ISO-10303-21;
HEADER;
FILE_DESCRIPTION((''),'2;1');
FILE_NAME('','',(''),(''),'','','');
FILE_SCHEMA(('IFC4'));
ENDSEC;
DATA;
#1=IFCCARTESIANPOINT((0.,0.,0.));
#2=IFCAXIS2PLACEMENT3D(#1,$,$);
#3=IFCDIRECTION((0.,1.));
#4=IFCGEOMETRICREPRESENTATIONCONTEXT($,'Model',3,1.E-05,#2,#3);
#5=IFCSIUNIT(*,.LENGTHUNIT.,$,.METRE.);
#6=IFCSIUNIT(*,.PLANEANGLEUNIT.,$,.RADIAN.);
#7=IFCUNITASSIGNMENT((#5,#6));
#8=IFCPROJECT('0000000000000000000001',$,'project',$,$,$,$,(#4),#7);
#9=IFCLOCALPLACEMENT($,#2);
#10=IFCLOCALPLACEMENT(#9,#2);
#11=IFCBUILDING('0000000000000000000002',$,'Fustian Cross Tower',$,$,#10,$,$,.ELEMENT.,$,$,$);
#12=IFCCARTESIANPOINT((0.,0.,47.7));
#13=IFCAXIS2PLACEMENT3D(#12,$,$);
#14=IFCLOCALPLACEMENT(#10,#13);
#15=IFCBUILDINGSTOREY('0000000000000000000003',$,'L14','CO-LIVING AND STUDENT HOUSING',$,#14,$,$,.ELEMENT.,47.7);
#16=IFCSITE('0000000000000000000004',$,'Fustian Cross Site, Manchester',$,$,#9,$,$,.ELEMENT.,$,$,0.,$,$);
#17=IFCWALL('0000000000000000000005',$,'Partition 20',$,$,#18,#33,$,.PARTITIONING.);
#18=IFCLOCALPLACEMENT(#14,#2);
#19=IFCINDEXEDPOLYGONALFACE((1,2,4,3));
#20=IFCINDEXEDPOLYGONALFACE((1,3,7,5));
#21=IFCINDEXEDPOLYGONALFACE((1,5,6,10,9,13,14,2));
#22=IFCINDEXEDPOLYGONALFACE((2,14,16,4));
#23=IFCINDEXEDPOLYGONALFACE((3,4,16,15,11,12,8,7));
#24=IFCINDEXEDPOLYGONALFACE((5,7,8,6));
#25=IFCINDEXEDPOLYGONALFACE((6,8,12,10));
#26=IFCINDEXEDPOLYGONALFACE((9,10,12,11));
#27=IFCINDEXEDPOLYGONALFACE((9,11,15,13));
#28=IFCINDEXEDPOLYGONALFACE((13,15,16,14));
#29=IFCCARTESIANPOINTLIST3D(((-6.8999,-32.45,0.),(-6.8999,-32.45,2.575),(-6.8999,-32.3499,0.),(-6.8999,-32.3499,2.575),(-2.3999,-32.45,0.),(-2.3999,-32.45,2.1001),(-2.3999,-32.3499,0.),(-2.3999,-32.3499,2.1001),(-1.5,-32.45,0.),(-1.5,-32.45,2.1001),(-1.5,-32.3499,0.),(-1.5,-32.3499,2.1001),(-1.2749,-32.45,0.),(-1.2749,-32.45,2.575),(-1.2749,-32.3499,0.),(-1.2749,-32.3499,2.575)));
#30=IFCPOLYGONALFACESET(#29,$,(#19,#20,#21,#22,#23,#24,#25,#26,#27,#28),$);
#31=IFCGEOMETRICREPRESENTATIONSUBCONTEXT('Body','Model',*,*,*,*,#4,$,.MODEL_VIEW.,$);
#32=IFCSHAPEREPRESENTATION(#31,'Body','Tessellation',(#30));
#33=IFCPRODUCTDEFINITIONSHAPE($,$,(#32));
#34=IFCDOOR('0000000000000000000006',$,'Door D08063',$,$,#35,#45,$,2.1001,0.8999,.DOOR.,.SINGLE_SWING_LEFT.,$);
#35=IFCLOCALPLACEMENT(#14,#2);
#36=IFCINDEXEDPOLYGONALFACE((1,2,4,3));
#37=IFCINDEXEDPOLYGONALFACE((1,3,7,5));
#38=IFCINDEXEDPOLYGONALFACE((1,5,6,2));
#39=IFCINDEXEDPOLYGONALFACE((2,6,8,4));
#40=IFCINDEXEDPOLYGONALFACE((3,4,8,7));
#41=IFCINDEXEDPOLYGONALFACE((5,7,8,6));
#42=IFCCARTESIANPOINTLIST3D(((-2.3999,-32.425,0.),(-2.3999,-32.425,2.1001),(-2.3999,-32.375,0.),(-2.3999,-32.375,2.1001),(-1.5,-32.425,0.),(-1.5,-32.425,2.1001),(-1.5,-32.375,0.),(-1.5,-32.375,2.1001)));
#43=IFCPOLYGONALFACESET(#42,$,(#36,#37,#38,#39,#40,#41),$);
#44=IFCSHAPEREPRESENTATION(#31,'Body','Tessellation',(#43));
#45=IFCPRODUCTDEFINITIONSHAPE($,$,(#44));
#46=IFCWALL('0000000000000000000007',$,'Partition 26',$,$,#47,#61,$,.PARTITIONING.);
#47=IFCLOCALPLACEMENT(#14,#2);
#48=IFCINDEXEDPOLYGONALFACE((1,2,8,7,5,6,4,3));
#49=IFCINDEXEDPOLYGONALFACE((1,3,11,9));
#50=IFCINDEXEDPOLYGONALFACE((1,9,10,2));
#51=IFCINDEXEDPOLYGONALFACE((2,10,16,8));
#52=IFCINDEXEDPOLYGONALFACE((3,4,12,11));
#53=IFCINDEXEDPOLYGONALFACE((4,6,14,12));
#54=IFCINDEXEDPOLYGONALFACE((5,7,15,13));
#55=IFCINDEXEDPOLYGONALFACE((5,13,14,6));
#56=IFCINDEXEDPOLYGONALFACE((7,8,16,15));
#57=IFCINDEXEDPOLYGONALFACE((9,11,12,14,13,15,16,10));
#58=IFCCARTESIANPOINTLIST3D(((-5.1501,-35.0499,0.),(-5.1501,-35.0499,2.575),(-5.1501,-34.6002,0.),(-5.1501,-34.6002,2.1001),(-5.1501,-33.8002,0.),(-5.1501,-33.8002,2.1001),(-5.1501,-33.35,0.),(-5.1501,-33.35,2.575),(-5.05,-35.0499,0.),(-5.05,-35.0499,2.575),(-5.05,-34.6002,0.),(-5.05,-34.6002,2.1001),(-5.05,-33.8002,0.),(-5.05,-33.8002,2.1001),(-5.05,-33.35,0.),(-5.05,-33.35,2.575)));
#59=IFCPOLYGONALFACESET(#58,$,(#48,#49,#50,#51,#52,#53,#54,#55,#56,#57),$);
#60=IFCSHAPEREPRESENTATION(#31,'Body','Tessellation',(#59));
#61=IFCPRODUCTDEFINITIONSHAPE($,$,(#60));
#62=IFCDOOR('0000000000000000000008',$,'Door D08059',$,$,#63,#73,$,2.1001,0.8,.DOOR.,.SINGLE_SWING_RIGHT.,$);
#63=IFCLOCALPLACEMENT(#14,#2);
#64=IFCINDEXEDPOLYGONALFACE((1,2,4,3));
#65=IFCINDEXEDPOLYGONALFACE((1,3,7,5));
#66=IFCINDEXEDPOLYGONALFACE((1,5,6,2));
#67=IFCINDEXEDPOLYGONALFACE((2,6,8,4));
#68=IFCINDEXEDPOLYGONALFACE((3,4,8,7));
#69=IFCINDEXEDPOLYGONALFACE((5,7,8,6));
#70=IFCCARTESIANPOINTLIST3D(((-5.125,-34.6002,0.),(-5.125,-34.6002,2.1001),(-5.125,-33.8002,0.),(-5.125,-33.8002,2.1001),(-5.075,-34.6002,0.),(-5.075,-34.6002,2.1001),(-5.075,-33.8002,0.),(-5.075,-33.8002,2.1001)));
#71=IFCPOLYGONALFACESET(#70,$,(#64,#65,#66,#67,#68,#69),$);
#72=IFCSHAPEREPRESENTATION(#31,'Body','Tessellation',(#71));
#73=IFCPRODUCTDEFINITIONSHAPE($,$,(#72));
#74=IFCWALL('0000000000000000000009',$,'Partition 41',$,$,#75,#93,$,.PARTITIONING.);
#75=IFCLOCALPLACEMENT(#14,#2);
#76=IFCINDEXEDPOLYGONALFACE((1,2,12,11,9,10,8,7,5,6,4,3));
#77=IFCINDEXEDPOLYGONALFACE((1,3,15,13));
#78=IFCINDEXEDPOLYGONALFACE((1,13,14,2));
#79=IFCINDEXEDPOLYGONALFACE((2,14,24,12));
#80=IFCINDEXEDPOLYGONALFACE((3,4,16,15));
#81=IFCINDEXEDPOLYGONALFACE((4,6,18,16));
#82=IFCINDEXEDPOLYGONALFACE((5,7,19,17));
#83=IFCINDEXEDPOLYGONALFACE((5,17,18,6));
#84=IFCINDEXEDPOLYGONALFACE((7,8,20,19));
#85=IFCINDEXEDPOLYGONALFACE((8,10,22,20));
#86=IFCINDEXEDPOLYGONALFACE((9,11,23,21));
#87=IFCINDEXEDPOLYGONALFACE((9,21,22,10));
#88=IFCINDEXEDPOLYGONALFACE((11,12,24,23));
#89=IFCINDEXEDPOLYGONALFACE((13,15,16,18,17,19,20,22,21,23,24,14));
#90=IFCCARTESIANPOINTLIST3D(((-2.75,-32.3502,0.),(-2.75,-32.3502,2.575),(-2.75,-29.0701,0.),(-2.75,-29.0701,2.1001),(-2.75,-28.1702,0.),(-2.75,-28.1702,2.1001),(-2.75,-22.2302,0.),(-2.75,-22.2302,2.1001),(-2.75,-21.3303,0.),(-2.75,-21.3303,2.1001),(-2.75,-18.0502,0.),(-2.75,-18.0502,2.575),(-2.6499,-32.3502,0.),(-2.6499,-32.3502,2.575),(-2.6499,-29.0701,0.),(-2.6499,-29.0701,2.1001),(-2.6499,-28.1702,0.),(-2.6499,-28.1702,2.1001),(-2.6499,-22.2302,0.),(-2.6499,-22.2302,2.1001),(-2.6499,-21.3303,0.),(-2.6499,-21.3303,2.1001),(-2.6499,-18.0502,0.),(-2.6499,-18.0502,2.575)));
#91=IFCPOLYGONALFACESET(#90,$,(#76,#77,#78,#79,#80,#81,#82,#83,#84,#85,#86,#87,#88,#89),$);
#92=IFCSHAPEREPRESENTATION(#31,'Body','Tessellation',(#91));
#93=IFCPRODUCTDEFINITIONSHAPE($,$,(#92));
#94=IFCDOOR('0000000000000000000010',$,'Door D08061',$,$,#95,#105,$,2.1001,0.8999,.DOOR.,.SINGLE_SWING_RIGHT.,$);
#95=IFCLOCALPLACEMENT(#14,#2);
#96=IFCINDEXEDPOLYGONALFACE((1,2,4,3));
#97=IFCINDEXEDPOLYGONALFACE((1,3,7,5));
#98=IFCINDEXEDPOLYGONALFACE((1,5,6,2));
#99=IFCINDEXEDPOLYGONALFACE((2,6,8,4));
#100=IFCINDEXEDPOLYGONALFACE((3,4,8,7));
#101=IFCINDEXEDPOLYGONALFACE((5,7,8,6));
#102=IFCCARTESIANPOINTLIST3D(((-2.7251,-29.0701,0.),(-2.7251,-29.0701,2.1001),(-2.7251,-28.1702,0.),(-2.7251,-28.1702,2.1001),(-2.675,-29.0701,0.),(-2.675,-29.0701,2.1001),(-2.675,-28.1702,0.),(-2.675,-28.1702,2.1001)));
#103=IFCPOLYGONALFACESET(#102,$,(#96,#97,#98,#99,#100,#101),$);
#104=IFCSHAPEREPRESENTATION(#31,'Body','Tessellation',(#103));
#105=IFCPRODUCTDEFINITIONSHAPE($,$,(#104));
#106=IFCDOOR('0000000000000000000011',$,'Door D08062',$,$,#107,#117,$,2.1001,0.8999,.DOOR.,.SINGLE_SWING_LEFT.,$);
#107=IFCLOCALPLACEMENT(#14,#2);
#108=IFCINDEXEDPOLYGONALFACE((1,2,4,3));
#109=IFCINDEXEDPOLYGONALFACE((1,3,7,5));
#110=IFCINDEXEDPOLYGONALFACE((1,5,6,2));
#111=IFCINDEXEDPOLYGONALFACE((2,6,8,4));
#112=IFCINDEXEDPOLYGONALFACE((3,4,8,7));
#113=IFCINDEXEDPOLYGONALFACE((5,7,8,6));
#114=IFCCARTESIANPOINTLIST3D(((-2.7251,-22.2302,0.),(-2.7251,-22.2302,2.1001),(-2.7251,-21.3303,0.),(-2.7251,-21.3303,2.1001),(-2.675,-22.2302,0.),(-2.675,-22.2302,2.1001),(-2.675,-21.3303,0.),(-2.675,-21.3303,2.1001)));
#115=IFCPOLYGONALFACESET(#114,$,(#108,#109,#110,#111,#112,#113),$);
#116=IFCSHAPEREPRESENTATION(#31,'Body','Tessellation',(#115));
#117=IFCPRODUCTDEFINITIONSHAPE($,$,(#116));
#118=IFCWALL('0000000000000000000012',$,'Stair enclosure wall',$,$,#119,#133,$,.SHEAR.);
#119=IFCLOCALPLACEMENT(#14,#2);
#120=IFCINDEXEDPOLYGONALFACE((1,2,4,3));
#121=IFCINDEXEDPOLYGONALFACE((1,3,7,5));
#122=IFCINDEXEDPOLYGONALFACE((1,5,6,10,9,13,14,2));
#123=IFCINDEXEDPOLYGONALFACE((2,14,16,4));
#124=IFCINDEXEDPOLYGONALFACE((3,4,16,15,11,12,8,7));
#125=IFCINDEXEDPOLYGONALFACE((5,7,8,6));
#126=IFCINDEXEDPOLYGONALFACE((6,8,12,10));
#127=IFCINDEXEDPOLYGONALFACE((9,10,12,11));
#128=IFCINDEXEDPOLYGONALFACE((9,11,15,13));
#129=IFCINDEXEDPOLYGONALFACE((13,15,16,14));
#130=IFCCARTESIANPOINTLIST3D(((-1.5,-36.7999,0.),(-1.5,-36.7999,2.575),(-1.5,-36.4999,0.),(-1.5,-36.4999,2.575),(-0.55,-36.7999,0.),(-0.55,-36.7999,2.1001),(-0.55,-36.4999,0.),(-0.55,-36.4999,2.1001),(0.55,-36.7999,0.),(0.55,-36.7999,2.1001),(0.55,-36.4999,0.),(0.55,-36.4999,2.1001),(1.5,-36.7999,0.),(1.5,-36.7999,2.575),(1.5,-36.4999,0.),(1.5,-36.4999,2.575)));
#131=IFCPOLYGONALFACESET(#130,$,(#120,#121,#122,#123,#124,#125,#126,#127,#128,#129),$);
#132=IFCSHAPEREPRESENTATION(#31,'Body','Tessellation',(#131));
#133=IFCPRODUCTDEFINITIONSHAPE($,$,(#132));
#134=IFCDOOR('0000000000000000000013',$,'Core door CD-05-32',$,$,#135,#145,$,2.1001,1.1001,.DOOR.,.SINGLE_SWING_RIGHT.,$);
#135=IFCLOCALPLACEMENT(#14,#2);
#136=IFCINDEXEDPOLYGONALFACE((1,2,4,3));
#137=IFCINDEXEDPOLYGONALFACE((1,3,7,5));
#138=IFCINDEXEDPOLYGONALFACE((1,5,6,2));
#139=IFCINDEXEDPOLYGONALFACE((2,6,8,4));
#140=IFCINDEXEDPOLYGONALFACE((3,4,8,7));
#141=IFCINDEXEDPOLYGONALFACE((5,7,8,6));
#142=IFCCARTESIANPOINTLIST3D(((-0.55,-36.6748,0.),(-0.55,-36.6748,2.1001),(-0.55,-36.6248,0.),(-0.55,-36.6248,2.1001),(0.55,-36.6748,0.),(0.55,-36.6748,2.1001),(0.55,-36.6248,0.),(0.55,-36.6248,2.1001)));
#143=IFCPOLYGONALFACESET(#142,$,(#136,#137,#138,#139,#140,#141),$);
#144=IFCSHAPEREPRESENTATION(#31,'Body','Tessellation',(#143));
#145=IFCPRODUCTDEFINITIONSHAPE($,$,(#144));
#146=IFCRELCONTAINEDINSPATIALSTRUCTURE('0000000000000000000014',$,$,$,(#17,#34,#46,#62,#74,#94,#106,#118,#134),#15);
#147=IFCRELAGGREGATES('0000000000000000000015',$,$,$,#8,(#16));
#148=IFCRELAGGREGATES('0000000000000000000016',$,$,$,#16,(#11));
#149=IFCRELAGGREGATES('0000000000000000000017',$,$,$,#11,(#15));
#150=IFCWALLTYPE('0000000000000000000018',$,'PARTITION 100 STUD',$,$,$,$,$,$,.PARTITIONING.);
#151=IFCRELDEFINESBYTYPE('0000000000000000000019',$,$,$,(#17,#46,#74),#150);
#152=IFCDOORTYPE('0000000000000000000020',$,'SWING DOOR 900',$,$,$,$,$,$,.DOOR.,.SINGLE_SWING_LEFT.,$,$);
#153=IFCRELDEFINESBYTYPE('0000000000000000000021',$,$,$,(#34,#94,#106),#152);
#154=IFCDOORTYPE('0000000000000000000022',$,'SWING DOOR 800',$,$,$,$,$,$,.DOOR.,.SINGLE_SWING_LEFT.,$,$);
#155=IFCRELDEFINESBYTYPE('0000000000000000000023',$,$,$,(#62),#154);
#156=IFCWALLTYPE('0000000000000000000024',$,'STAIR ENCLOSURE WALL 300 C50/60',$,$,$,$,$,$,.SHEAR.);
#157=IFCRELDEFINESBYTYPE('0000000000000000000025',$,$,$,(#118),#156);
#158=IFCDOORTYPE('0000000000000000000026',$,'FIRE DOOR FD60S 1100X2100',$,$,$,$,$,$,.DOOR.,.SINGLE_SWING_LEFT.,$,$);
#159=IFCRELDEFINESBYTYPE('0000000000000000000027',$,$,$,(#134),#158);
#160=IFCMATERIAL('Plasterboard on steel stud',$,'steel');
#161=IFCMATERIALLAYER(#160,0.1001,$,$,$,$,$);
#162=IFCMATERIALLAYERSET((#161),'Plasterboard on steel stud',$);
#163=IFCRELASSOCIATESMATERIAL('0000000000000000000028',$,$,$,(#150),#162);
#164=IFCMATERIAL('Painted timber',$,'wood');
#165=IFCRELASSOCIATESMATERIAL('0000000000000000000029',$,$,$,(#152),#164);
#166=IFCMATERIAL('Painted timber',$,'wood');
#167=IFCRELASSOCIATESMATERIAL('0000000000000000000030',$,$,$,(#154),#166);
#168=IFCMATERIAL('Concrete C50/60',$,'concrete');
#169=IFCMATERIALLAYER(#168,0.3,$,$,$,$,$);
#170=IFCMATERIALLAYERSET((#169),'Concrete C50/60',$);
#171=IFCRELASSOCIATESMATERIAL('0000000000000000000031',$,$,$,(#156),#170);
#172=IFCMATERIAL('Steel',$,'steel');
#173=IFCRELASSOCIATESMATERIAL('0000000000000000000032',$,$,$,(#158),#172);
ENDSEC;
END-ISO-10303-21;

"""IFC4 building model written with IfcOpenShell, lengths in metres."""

from ifc_helpers import new_model, si_unit, direction, frame, frame_2d, origin, place, context, subcontext, project, spatial, rectangle, extrude, material, layer, layer_set, type_object, element, fill, save


model = new_model("IFC4")

# Units and contexts
model_context = context("Model", 3, precision=1e-05, world=origin(), true_north=direction((0.0, 1.0)))
body_context = subcontext(model_context, "Body", "Model", "MODEL_VIEW")
ifc_project = project(units=[si_unit("LENGTHUNIT", "METRE"), si_unit("PLANEANGLEUNIT", "RADIAN")], contexts=[model_context])

# Site, building, storey
site_placement = place(None, origin())
site = spatial("IfcSite", under=ifc_project, at=site_placement, Name="Fustian Cross Site, Manchester", CompositionType="ELEMENT", RefElevation=0.0)
building_placement = place(site_placement, origin())
building = spatial("IfcBuilding", under=site, at=building_placement, Name="Fustian Cross Tower", CompositionType="ELEMENT")
storey_placement = place(building_placement, frame((0.0, 0.0, 47.7)))
storey = spatial("IfcBuildingStorey", under=building, at=storey_placement, Name="L14", Description="CO-LIVING AND STUDENT HOUSING", CompositionType="ELEMENT", Elevation=47.7)

# Shared definitions
ifc_material_1 = material(Name="Plasterboard on steel stud", Category="steel")
ifc_layer_1 = layer(ifc_material_1, 0.1001)
ifc_layer_set_1 = layer_set([ifc_layer_1], Name="Plasterboard on steel stud")
wall_type_1 = type_object("IfcWallType", Name="PARTITION 100 STUD", PredefinedType="PARTITIONING", material=ifc_layer_set_1)

# Walls, openings, doors
wall_1_placement = place(storey_placement, frame((-6.8999, -32.3999, 0.0), z_axis=(0.0, 0.0, 1.0), x_axis=(1.0, 0.0, 0.0)))
wall_1 = element("IfcWall", 1, at=wall_1_placement, inside=storey, type_object=wall_type_1, Name="Partition 20", PredefinedType="PARTITIONING", context=body_context, shape_type="SweptSolid", body=[
    extrude(rectangle(XDim=5.625, YDim=0.1001, at=frame_2d((2.8125, 0.0))), origin(), (0.0, 0.0, 1.0), 2.575),
])
opening_1_placement = place(wall_1_placement, frame((4.5, 0.0, 0.0)))
opening_1 = element("IfcOpeningElement", 2, at=opening_1_placement, cuts=wall_1, PredefinedType="OPENING", context=body_context, shape_type="SweptSolid", body=[
    extrude(rectangle(XDim=0.8999, YDim=2.1001, at=frame_2d((0.45, 1.05))), frame((0.0, 0.0601, 0.0), z_axis=(0.0, -1.0, 0.0), x_axis=(1.0, 0.0, 0.0)), (0.0, 0.0, 1.0), 0.1201),
])
ifc_material_2 = material(Name="Painted timber", Category="wood")
door_type_1 = type_object("IfcDoorType", Name="SWING DOOR 900", OperationType="SINGLE_SWING_LEFT", PredefinedType="DOOR", material=ifc_material_2)
door_1_placement = place(opening_1_placement, origin())
door_1 = element("IfcDoor", 3, at=door_1_placement, inside=storey, type_object=door_type_1, Name="Door D08063", OperationType="SINGLE_SWING_LEFT", OverallHeight=2.1001, OverallWidth=0.8999, PredefinedType="DOOR", context=body_context, shape_type="SweptSolid", body=[
    extrude(rectangle(XDim=0.8999, YDim=2.1001, at=frame_2d((0.45, 1.05))), frame((0.0, 0.0249, 0.0), z_axis=(0.0, -1.0, 0.0), x_axis=(1.0, 0.0, 0.0)), (0.0, 0.0, 1.0), 0.05),
])
fill(opening_1, door_1)
wall_2_placement = place(storey_placement, frame((-5.1001, -35.05, 0.0), z_axis=(0.0, 0.0, 1.0), x_axis=(0.0, 1.0, 0.0)))
wall_2 = element("IfcWall", 4, at=wall_2_placement, inside=storey, type_object=wall_type_1, Name="Partition 26", PredefinedType="PARTITIONING", context=body_context, shape_type="SweptSolid", body=[
    extrude(rectangle(XDim=1.7, YDim=0.1001, at=frame_2d((0.8501, 0.0))), origin(), (0.0, 0.0, 1.0), 2.575),
])
opening_2_placement = place(wall_2_placement, frame((0.45, 0.0, 0.0)))
opening_2 = element("IfcOpeningElement", 5, at=opening_2_placement, cuts=wall_2, PredefinedType="OPENING", context=body_context, shape_type="SweptSolid", body=[
    extrude(rectangle(XDim=0.8, YDim=2.1001, at=frame_2d((0.3999, 1.05))), frame((0.0, 0.0601, 0.0), z_axis=(0.0, -1.0, 0.0), x_axis=(1.0, 0.0, 0.0)), (0.0, 0.0, 1.0), 0.1201),
])
ifc_material_3 = material(Name="Painted timber", Category="wood")
door_type_2 = type_object("IfcDoorType", Name="SWING DOOR 800", OperationType="SINGLE_SWING_LEFT", PredefinedType="DOOR", material=ifc_material_3)
door_2_placement = place(opening_2_placement, origin())
door_2 = element("IfcDoor", 6, at=door_2_placement, inside=storey, type_object=door_type_2, Name="Door D08059", OperationType="SINGLE_SWING_RIGHT", OverallHeight=2.1001, OverallWidth=0.8, PredefinedType="DOOR", context=body_context, shape_type="SweptSolid", body=[
    extrude(rectangle(XDim=0.8, YDim=2.1001, at=frame_2d((0.3999, 1.05))), frame((0.0, 0.0249, 0.0), z_axis=(0.0, -1.0, 0.0), x_axis=(1.0, 0.0, 0.0)), (0.0, 0.0, 1.0), 0.05),
])
fill(opening_2, door_2)

# Wall, openings, doors
wall_3_placement = place(storey_placement, frame((-2.7, -32.3501, 0.0), z_axis=(0.0, 0.0, 1.0), x_axis=(0.0, 1.0, 0.0)))
wall_3 = element("IfcWall", 7, at=wall_3_placement, inside=storey, type_object=wall_type_1, Name="Partition 41", PredefinedType="PARTITIONING", context=body_context, shape_type="SweptSolid", body=[
    extrude(rectangle(XDim=14.3, YDim=0.1001, at=frame_2d((7.1499, 0.0))), origin(), (0.0, 0.0, 1.0), 2.575),
])
opening_3_placement = place(wall_3_placement, frame((3.28, 0.0, 0.0)))
opening_3 = element("IfcOpeningElement", 8, at=opening_3_placement, cuts=wall_3, PredefinedType="OPENING", context=body_context, shape_type="SweptSolid", body=[
    extrude(rectangle(XDim=0.8999, YDim=2.1001, at=frame_2d((0.45, 1.05))), frame((0.0, 0.0601, 0.0), z_axis=(0.0, -1.0, 0.0), x_axis=(1.0, 0.0, 0.0)), (0.0, 0.0, 1.0), 0.1201),
])
opening_4_placement = place(wall_3_placement, frame((10.1199, 0.0, 0.0)))
opening_4 = element("IfcOpeningElement", 9, at=opening_4_placement, cuts=wall_3, PredefinedType="OPENING", context=body_context, shape_type="SweptSolid", body=[
    extrude(rectangle(XDim=0.8999, YDim=2.1001, at=frame_2d((0.45, 1.05))), frame((0.0, 0.0601, 0.0), z_axis=(0.0, -1.0, 0.0), x_axis=(1.0, 0.0, 0.0)), (0.0, 0.0, 1.0), 0.1201),
])
door_3_placement = place(opening_3_placement, frame((0.8999, 0.0, 0.0), z_axis=(0.0, 0.0, 1.0), x_axis=(-1.0, 0.0, 0.0)))
door_3 = element("IfcDoor", 10, at=door_3_placement, inside=storey, type_object=door_type_1, Name="Door D08061", OperationType="SINGLE_SWING_RIGHT", OverallHeight=2.1001, OverallWidth=0.8999, PredefinedType="DOOR", context=body_context, shape_type="SweptSolid", body=[
    extrude(rectangle(XDim=0.8999, YDim=2.1001, at=frame_2d((0.45, 1.05))), frame((0.0, 0.0249, 0.0), z_axis=(0.0, -1.0, 0.0), x_axis=(1.0, 0.0, 0.0)), (0.0, 0.0, 1.0), 0.05),
])
fill(opening_3, door_3)
door_4_placement = place(opening_4_placement, frame((0.8999, 0.0, 0.0), z_axis=(0.0, 0.0, 1.0), x_axis=(-1.0, 0.0, 0.0)))
door_4 = element("IfcDoor", 11, at=door_4_placement, inside=storey, type_object=door_type_1, Name="Door D08062", OperationType="SINGLE_SWING_LEFT", OverallHeight=2.1001, OverallWidth=0.8999, PredefinedType="DOOR", context=body_context, shape_type="SweptSolid", body=[
    extrude(rectangle(XDim=0.8999, YDim=2.1001, at=frame_2d((0.45, 1.05))), frame((0.0, 0.0249, 0.0), z_axis=(0.0, -1.0, 0.0), x_axis=(1.0, 0.0, 0.0)), (0.0, 0.0, 1.0), 0.05),
])
fill(opening_4, door_4)

# Wall, opening, door
ifc_material_4 = material(Name="Concrete C50/60", Category="concrete")
ifc_layer_2 = layer(ifc_material_4, 0.3)
ifc_layer_set_2 = layer_set([ifc_layer_2], Name="Concrete C50/60")
wall_type_2 = type_object("IfcWallType", Name="STAIR ENCLOSURE WALL 300 C50/60", PredefinedType="SHEAR", material=ifc_layer_set_2)
wall_4_placement = place(storey_placement, frame((-1.5, -36.6499, 0.0), z_axis=(0.0, 0.0, 1.0), x_axis=(1.0, 0.0, 0.0)))
wall_4 = element("IfcWall", 12, at=wall_4_placement, inside=storey, type_object=wall_type_2, Name="Stair enclosure wall", PredefinedType="SHEAR", context=body_context, shape_type="SweptSolid", body=[
    extrude(rectangle(XDim=3.0, YDim=0.3, at=frame_2d((1.5, 0.0))), origin(), (0.0, 0.0, 1.0), 2.575),
])
opening_5_placement = place(wall_4_placement, frame((0.95, 0.0, 0.0)))
opening_5 = element("IfcOpeningElement", 13, at=opening_5_placement, cuts=wall_4, PredefinedType="OPENING", context=body_context, shape_type="SweptSolid", body=[
    extrude(rectangle(XDim=1.1001, YDim=2.1001, at=frame_2d((0.55, 1.05))), frame((0.0, 0.1599, 0.0), z_axis=(0.0, -1.0, 0.0), x_axis=(1.0, 0.0, 0.0)), (0.0, 0.0, 1.0), 0.3201),
])
ifc_material_5 = material(Name="Steel", Category="steel")
door_type_3 = type_object("IfcDoorType", Name="FIRE DOOR FD60S 1100X2100", OperationType="SINGLE_SWING_LEFT", PredefinedType="DOOR", material=ifc_material_5)
door_5_placement = place(opening_5_placement, frame((1.1001, 0.0, 0.0), z_axis=(0.0, 0.0, 1.0), x_axis=(-1.0, 0.0, 0.0)))
door_5 = element("IfcDoor", 14, at=door_5_placement, inside=storey, type_object=door_type_3, Name="Core door CD-05-32", OperationType="SINGLE_SWING_RIGHT", OverallHeight=2.1001, OverallWidth=1.1001, PredefinedType="DOOR", context=body_context, shape_type="SweptSolid", body=[
    extrude(rectangle(XDim=1.1001, YDim=2.1001, at=frame_2d((0.55, 1.05))), frame((0.0, 0.0249, 0.0), z_axis=(0.0, -1.0, 0.0), x_axis=(1.0, 0.0, 0.0)), (0.0, 0.0, 1.0), 0.05),
])
fill(opening_5, door_5)

save(model, "model.ifc")
